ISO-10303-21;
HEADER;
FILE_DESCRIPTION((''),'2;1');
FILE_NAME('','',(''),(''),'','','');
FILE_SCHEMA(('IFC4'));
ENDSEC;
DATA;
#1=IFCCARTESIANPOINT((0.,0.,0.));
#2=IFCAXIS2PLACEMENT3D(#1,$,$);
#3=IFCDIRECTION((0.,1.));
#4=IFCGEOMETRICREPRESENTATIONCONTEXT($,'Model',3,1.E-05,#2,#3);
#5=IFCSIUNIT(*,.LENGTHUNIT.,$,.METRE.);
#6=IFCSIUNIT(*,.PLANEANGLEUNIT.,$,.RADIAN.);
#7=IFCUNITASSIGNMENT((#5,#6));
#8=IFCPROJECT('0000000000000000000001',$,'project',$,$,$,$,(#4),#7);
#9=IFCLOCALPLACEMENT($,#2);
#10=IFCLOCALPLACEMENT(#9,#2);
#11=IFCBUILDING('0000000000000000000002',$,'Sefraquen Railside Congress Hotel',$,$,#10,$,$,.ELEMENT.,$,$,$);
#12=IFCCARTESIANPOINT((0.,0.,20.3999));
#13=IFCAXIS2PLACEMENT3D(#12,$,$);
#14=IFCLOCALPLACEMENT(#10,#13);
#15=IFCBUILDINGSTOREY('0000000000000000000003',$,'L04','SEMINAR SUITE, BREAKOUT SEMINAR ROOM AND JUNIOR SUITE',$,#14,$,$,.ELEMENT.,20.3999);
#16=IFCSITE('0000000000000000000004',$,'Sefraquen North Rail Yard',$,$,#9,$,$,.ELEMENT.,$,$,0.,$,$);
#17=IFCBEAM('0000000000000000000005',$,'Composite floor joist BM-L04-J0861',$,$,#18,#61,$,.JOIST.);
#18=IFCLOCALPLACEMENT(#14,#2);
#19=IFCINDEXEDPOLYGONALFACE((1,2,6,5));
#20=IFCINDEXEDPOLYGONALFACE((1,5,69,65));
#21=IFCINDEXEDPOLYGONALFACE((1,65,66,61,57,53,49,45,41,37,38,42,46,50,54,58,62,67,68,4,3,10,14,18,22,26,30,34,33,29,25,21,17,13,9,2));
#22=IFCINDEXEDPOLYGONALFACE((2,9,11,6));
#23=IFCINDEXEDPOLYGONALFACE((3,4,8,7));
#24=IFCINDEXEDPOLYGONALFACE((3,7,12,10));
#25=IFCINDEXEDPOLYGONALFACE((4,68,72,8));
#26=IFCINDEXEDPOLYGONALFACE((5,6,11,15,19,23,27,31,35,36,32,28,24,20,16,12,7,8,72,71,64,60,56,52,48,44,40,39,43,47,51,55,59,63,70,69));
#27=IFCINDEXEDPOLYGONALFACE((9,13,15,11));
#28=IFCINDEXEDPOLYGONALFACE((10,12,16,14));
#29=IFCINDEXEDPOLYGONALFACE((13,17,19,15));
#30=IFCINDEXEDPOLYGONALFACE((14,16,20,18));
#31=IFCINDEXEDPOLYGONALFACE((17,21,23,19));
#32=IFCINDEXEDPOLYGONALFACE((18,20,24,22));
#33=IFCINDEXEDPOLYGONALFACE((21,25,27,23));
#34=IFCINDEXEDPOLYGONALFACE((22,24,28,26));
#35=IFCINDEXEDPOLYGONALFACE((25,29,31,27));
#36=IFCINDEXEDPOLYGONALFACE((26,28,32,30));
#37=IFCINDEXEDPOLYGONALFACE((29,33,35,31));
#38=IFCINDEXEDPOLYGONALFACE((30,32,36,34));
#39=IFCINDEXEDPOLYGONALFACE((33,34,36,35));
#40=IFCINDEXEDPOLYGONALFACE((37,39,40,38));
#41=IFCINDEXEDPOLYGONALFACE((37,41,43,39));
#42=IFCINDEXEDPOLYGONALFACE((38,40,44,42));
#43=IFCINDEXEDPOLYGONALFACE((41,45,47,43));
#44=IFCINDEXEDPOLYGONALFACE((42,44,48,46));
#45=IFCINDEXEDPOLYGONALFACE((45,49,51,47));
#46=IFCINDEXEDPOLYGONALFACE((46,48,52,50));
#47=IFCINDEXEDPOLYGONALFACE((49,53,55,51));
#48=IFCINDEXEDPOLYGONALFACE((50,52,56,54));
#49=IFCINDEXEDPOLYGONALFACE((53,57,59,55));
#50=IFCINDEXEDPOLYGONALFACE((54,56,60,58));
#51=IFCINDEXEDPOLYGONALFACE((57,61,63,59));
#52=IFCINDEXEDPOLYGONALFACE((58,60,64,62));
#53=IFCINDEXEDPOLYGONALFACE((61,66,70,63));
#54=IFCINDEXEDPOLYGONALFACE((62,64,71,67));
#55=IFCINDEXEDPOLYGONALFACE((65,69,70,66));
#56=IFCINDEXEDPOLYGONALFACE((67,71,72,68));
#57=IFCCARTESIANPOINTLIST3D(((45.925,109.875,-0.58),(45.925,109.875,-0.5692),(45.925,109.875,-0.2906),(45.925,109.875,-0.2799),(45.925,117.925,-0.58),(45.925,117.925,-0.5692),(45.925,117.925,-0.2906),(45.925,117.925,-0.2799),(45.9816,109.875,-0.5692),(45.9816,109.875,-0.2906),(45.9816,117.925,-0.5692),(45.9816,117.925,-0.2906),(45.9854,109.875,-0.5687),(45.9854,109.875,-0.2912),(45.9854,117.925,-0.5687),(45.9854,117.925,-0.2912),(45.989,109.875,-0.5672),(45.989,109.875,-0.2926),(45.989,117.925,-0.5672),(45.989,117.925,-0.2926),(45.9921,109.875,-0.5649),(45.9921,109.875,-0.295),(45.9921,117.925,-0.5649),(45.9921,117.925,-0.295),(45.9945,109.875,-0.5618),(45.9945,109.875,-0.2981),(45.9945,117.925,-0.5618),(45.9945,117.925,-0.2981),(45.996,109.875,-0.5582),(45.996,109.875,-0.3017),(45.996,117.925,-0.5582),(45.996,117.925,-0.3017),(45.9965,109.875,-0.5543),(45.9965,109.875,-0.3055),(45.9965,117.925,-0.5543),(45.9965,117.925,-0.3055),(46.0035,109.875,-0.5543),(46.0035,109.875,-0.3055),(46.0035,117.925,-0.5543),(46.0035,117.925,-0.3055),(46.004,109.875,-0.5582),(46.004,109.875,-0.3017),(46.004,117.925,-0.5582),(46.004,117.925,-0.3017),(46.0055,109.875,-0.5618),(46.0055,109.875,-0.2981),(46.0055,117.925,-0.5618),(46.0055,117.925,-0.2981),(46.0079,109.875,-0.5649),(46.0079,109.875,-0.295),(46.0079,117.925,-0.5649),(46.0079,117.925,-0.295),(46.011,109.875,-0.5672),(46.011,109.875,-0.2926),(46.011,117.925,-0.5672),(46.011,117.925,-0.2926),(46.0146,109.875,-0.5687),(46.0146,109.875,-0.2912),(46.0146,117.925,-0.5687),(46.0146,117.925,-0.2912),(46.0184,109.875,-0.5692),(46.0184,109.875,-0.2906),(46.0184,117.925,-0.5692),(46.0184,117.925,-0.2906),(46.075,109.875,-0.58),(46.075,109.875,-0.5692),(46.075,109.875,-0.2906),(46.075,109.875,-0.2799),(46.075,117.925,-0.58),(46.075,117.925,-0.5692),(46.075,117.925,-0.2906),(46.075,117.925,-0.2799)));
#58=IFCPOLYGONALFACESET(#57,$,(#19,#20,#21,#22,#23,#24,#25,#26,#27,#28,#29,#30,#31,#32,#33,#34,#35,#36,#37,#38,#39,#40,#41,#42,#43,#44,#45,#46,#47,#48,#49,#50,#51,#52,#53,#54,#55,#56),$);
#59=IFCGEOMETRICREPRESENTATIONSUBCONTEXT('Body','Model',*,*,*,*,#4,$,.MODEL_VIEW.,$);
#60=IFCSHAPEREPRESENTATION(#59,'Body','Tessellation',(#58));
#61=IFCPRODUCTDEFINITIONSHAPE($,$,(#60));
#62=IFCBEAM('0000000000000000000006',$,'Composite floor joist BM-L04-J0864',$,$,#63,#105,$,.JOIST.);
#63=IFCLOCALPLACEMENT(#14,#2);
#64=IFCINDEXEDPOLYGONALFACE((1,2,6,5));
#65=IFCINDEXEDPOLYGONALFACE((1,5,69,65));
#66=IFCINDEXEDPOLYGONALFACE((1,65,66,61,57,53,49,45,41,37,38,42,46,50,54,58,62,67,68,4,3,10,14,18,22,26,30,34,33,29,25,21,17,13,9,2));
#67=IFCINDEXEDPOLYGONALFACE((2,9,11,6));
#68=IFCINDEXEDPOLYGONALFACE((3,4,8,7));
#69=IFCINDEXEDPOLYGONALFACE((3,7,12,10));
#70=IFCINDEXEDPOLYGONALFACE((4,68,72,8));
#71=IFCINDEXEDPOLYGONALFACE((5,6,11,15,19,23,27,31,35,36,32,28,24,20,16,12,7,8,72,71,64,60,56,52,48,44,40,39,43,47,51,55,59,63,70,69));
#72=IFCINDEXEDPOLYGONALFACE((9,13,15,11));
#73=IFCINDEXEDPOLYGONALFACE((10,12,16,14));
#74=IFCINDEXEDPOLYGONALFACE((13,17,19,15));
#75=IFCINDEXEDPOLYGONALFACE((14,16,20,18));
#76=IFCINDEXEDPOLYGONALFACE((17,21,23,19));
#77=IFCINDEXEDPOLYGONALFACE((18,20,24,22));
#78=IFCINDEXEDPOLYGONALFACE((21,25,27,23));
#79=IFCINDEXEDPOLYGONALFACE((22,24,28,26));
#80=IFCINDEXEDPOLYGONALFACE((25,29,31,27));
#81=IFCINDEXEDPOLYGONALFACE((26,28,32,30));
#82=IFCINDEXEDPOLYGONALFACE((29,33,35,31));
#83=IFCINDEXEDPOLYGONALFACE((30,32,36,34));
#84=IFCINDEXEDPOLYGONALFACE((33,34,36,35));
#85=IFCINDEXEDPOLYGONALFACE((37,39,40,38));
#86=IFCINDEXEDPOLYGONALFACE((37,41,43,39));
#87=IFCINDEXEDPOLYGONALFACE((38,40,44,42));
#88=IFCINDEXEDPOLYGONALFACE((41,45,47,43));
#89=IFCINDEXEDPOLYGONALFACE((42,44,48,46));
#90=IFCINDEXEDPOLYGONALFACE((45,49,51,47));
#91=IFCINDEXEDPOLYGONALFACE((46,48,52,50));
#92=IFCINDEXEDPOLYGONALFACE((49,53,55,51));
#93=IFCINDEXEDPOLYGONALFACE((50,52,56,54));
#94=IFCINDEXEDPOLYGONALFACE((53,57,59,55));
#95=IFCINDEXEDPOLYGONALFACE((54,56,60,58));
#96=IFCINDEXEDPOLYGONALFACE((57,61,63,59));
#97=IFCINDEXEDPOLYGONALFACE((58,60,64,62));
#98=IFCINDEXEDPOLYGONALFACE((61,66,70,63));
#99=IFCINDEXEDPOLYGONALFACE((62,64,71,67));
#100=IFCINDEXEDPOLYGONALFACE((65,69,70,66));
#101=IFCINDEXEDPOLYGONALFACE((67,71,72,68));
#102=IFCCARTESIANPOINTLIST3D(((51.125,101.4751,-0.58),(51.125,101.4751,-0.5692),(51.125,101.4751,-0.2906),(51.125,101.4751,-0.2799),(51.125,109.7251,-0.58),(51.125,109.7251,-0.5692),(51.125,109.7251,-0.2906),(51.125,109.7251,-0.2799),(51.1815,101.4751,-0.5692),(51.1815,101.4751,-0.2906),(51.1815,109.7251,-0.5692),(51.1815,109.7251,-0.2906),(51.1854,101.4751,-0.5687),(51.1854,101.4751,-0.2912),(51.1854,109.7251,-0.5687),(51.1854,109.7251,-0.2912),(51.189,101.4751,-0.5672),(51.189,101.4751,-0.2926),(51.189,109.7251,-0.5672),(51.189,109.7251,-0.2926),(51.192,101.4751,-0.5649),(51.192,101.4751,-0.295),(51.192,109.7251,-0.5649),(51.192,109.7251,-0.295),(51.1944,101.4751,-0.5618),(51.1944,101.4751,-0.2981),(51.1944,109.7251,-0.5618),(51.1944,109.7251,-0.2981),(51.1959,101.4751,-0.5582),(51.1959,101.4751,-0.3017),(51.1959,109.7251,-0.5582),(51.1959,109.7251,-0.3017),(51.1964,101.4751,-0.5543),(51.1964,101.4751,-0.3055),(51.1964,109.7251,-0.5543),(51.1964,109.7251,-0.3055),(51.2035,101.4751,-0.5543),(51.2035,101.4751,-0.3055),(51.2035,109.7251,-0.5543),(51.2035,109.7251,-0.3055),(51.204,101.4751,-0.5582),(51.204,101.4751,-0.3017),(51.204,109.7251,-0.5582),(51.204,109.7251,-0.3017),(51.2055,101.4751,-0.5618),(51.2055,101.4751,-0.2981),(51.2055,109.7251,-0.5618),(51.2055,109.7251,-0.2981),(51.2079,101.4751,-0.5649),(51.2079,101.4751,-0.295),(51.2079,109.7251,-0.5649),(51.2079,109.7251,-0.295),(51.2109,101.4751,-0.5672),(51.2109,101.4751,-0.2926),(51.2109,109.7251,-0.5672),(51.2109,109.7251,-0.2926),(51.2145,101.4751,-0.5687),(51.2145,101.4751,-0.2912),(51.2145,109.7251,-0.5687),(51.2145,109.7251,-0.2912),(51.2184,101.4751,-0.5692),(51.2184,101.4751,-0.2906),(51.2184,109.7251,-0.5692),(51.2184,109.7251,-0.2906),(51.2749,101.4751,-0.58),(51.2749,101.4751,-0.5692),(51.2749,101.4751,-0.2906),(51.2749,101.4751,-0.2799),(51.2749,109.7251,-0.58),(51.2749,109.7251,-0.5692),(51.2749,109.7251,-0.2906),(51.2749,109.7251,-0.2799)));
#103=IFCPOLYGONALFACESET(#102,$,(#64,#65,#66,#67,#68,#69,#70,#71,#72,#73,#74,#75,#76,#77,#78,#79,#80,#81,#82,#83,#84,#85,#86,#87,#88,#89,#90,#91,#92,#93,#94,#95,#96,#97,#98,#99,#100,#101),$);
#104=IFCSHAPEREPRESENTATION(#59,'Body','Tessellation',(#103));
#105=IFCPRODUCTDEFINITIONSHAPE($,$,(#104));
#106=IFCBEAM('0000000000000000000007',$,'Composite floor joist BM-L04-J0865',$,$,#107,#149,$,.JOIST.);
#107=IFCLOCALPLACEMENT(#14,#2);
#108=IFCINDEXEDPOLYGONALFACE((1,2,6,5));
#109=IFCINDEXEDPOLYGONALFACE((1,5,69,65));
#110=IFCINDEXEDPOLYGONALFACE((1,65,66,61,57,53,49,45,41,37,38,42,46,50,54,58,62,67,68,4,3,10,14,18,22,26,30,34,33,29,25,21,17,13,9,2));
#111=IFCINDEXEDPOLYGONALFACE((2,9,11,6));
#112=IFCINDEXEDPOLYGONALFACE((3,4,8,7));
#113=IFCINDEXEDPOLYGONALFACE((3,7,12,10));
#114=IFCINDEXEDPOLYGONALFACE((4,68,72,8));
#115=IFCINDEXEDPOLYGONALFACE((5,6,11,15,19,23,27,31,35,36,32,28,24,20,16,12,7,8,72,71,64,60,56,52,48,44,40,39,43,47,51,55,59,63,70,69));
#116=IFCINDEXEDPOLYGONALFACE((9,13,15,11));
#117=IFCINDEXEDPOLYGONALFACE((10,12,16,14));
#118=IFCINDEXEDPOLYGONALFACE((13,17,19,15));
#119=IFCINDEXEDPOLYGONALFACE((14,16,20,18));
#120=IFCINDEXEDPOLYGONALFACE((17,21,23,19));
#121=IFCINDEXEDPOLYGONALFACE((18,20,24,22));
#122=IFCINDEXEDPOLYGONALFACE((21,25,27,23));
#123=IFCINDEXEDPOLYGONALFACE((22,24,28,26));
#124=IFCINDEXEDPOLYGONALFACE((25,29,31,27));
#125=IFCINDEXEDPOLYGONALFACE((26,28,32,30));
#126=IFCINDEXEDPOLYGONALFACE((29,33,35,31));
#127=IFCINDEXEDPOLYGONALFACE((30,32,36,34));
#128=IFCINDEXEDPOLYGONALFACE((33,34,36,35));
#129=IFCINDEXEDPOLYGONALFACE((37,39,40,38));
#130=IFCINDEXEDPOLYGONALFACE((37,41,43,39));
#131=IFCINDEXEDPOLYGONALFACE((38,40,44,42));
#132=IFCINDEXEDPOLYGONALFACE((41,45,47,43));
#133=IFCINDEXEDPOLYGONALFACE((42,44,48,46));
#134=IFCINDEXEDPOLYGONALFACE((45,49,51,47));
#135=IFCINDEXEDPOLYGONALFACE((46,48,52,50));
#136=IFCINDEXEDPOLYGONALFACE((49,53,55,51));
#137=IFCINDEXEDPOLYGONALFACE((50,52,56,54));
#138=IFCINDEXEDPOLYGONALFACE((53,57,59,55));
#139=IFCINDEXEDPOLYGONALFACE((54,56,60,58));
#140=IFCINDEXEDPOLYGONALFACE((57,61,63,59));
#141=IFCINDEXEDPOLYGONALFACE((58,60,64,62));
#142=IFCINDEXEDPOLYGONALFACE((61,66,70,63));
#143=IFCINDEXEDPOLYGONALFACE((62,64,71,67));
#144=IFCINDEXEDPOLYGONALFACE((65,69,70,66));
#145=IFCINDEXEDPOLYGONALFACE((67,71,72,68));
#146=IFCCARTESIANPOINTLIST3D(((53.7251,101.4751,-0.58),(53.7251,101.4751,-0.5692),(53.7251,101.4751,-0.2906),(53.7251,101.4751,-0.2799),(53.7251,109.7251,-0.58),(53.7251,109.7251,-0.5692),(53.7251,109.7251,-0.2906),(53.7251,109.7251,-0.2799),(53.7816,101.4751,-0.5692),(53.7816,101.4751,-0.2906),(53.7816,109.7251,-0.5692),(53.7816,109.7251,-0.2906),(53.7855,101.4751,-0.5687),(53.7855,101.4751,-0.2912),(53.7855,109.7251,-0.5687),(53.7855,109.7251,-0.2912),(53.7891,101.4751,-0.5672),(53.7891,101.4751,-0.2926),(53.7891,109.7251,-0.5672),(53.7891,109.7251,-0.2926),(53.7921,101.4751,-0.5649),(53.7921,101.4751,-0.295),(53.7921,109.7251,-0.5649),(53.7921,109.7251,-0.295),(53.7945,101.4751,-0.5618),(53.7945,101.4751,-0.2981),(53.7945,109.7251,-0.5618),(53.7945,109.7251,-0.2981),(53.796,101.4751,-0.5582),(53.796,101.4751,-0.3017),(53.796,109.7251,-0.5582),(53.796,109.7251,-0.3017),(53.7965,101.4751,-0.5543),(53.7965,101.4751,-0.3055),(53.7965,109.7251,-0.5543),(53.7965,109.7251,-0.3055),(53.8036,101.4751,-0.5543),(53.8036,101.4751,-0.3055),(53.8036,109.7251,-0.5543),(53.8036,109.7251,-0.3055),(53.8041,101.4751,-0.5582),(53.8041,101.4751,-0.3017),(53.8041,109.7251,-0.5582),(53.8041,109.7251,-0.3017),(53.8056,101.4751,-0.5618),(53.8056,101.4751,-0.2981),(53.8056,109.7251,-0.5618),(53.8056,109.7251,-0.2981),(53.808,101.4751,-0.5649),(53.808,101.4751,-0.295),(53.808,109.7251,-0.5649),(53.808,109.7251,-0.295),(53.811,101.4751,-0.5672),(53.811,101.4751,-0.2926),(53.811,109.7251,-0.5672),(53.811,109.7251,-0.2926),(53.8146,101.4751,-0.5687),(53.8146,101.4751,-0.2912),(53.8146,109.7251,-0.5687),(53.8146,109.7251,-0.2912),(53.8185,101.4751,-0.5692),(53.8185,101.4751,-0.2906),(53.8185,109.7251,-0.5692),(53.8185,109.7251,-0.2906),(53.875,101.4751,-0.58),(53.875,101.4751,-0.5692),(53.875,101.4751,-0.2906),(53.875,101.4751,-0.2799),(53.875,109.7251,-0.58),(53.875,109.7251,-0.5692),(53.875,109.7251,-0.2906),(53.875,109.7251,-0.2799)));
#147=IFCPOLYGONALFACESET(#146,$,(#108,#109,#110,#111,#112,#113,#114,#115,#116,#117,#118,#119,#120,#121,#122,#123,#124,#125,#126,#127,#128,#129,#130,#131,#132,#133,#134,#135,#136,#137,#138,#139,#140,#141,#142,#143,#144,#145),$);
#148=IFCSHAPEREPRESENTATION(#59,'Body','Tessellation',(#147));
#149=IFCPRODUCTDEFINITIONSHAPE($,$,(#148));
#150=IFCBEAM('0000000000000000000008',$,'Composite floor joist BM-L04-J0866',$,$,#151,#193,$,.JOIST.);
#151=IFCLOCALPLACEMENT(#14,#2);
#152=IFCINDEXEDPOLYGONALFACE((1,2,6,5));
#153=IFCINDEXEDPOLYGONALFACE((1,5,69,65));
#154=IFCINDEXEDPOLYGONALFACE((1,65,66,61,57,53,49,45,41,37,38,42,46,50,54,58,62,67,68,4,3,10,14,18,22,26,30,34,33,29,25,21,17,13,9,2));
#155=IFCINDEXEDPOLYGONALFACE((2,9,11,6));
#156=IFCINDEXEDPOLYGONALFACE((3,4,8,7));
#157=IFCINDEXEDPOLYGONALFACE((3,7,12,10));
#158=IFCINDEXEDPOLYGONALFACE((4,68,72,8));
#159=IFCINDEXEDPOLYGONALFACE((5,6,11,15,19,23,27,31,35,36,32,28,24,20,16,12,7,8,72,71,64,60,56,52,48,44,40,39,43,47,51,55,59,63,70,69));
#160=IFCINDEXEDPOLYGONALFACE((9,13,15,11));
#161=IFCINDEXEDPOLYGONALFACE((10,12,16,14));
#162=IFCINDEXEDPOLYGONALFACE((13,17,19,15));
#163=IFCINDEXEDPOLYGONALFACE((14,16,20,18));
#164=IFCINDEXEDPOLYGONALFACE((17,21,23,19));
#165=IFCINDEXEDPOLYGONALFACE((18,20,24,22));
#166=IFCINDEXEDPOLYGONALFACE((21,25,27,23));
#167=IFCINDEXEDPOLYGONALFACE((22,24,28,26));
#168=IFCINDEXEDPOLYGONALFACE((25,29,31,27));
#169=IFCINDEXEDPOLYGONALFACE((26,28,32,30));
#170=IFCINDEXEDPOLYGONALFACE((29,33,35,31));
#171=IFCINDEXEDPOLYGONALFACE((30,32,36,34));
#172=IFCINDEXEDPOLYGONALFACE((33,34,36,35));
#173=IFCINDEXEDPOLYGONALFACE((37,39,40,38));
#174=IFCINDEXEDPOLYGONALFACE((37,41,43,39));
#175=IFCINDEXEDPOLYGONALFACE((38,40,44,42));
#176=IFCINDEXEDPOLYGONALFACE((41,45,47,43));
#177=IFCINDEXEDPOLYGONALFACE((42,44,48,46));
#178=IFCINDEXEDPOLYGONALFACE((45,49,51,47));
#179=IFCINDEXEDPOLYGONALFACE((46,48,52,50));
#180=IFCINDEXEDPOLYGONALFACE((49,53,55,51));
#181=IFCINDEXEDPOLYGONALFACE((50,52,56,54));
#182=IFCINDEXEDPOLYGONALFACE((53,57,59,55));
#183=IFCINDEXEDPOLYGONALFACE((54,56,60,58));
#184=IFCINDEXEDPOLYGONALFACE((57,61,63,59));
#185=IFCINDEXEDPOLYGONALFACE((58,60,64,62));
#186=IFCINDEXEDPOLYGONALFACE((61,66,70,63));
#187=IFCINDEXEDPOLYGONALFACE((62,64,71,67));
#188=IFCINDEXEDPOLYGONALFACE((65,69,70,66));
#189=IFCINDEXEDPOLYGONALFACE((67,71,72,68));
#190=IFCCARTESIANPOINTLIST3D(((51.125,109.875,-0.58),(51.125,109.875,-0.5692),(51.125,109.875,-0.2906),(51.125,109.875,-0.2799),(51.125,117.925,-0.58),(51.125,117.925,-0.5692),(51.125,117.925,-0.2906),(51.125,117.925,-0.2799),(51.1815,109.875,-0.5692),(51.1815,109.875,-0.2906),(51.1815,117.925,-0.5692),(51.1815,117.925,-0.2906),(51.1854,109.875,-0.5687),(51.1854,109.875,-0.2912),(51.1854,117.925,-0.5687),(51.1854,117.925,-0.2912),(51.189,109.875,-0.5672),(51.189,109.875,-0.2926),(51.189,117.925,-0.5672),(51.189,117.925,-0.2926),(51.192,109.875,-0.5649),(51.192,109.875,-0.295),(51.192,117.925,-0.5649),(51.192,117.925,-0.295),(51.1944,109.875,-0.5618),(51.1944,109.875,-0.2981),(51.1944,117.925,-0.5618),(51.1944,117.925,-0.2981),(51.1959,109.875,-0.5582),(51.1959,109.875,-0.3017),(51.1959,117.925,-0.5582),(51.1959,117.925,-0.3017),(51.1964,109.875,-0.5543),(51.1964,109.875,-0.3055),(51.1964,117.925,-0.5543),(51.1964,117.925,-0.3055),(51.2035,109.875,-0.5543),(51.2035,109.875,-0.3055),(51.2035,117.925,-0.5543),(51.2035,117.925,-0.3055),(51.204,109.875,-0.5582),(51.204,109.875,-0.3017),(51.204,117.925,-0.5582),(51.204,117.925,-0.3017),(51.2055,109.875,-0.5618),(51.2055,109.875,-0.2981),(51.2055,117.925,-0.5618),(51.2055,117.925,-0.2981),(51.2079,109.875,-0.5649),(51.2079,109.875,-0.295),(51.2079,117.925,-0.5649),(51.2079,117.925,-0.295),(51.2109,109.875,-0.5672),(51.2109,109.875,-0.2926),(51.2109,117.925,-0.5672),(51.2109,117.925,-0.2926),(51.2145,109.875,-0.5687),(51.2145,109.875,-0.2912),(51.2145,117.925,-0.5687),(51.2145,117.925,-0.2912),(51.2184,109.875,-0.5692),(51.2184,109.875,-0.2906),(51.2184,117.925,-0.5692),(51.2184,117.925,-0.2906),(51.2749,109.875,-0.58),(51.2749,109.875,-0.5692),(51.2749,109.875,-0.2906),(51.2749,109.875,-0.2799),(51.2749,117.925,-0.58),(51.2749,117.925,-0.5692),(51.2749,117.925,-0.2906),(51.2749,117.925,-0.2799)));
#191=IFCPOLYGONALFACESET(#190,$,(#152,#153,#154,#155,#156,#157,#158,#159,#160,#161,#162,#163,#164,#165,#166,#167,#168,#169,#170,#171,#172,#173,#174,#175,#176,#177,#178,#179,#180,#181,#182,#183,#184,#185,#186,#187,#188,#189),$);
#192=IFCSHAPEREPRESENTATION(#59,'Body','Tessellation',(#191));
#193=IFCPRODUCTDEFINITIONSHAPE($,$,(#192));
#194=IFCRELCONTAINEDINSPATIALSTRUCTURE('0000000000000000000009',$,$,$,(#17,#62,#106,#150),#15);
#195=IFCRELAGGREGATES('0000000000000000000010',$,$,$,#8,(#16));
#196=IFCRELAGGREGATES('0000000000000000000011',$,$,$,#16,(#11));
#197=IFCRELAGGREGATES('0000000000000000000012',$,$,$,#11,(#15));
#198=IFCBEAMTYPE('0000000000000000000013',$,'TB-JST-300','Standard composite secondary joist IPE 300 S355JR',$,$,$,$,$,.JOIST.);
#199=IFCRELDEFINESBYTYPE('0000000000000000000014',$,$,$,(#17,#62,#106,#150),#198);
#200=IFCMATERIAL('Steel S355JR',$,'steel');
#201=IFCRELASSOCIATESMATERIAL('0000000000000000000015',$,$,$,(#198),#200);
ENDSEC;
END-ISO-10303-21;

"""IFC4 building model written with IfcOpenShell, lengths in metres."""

from ifc_helpers import new_model, si_unit, direction, frame, origin, origin_2d, place, context, subcontext, project, spatial, i_section, extrude, material, material_profile, profile_set, type_object, element, save


model = new_model("IFC4")

# Units and contexts
model_context = context("Model", 3, precision=1e-05, world=origin(), true_north=direction((0.0, 1.0)))
body_context = subcontext(model_context, "Body", "Model", "MODEL_VIEW")
ifc_project = project(units=[si_unit("LENGTHUNIT", "METRE"), si_unit("PLANEANGLEUNIT", "RADIAN")], contexts=[model_context])

# Site, building, storey
site_placement = place(None, origin())
site = spatial("IfcSite", under=ifc_project, at=site_placement, Name="Sefraquen North Rail Yard", CompositionType="ELEMENT", RefElevation=0.0)
building_placement = place(site_placement, origin())
building = spatial("IfcBuilding", under=site, at=building_placement, Name="Sefraquen Railside Congress Hotel", CompositionType="ELEMENT")
storey_placement = place(building_placement, frame((0.0, 0.0, 20.3999)))
storey = spatial("IfcBuildingStorey", under=building, at=storey_placement, Name="L04", Description="SEMINAR SUITE, BREAKOUT SEMINAR ROOM AND JUNIOR SUITE", CompositionType="ELEMENT", Elevation=20.3999)

# Shared definitions
ifc_material_1 = material(Name="Steel S355JR", Category="steel")

# Beams
ifc_material_profile_1 = material_profile(ifc_material_1, i_section(OverallWidth=0.1499, OverallDepth=0.3, WebThickness=0.0071, FlangeThickness=0.0107, FilletRadius=0.0149, at=origin_2d()), Name="IPE 300")
ifc_profile_set_1 = profile_set([ifc_material_profile_1], Name="Steel S355JR")
beam_type_1 = type_object("IfcBeamType", Name="TB-JST-300", Description="Standard composite secondary joist IPE 300 S355JR", PredefinedType="JOIST", material=ifc_profile_set_1)
for number, where, z_axis, x_axis, name in (
    (1, (46.0, 109.875, -0.4299), (0.0, 1.0, 0.0), (-1.0, 0.0, 0.0), "Composite floor joist BM-L04-J0861"),
):
    element("IfcBeam", number, at=place(storey_placement, frame(where, z_axis=z_axis, x_axis=x_axis)), inside=storey, type_object=beam_type_1, Name=name, PredefinedType="JOIST", context=body_context, shape_type="SweptSolid", body=[
        extrude(i_section(OverallWidth=0.1499, OverallDepth=0.3, WebThickness=0.0071, FlangeThickness=0.0107, FilletRadius=0.0149, at=origin_2d()), origin(), (0.0, 0.0, 1.0), 8.05),
    ])
for number, where, z_axis, x_axis, name in (
    (2, (51.2, 101.4751, -0.4299), (0.0, 1.0, 0.0), (-1.0, 0.0, 0.0), "Composite floor joist BM-L04-J0864"),
    (3, (53.8, 101.4751, -0.4299), (0.0, 1.0, 0.0), (-1.0, 0.0, 0.0), "Composite floor joist BM-L04-J0865"),
):
    element("IfcBeam", number, at=place(storey_placement, frame(where, z_axis=z_axis, x_axis=x_axis)), inside=storey, type_object=beam_type_1, Name=name, PredefinedType="JOIST", context=body_context, shape_type="SweptSolid", body=[
        extrude(i_section(OverallWidth=0.1499, OverallDepth=0.3, WebThickness=0.0071, FlangeThickness=0.0107, FilletRadius=0.0149, at=origin_2d()), origin(), (0.0, 0.0, 1.0), 8.25),
    ])
for number, where, z_axis, x_axis, name in (
    (4, (51.2, 109.875, -0.4299), (0.0, 1.0, 0.0), (-1.0, 0.0, 0.0), "Composite floor joist BM-L04-J0866"),
):
    element("IfcBeam", number, at=place(storey_placement, frame(where, z_axis=z_axis, x_axis=x_axis)), inside=storey, type_object=beam_type_1, Name=name, PredefinedType="JOIST", context=body_context, shape_type="SweptSolid", body=[
        extrude(i_section(OverallWidth=0.1499, OverallDepth=0.3, WebThickness=0.0071, FlangeThickness=0.0107, FilletRadius=0.0149, at=origin_2d()), origin(), (0.0, 0.0, 1.0), 8.05),
    ])

save(model, "model.ifc")
